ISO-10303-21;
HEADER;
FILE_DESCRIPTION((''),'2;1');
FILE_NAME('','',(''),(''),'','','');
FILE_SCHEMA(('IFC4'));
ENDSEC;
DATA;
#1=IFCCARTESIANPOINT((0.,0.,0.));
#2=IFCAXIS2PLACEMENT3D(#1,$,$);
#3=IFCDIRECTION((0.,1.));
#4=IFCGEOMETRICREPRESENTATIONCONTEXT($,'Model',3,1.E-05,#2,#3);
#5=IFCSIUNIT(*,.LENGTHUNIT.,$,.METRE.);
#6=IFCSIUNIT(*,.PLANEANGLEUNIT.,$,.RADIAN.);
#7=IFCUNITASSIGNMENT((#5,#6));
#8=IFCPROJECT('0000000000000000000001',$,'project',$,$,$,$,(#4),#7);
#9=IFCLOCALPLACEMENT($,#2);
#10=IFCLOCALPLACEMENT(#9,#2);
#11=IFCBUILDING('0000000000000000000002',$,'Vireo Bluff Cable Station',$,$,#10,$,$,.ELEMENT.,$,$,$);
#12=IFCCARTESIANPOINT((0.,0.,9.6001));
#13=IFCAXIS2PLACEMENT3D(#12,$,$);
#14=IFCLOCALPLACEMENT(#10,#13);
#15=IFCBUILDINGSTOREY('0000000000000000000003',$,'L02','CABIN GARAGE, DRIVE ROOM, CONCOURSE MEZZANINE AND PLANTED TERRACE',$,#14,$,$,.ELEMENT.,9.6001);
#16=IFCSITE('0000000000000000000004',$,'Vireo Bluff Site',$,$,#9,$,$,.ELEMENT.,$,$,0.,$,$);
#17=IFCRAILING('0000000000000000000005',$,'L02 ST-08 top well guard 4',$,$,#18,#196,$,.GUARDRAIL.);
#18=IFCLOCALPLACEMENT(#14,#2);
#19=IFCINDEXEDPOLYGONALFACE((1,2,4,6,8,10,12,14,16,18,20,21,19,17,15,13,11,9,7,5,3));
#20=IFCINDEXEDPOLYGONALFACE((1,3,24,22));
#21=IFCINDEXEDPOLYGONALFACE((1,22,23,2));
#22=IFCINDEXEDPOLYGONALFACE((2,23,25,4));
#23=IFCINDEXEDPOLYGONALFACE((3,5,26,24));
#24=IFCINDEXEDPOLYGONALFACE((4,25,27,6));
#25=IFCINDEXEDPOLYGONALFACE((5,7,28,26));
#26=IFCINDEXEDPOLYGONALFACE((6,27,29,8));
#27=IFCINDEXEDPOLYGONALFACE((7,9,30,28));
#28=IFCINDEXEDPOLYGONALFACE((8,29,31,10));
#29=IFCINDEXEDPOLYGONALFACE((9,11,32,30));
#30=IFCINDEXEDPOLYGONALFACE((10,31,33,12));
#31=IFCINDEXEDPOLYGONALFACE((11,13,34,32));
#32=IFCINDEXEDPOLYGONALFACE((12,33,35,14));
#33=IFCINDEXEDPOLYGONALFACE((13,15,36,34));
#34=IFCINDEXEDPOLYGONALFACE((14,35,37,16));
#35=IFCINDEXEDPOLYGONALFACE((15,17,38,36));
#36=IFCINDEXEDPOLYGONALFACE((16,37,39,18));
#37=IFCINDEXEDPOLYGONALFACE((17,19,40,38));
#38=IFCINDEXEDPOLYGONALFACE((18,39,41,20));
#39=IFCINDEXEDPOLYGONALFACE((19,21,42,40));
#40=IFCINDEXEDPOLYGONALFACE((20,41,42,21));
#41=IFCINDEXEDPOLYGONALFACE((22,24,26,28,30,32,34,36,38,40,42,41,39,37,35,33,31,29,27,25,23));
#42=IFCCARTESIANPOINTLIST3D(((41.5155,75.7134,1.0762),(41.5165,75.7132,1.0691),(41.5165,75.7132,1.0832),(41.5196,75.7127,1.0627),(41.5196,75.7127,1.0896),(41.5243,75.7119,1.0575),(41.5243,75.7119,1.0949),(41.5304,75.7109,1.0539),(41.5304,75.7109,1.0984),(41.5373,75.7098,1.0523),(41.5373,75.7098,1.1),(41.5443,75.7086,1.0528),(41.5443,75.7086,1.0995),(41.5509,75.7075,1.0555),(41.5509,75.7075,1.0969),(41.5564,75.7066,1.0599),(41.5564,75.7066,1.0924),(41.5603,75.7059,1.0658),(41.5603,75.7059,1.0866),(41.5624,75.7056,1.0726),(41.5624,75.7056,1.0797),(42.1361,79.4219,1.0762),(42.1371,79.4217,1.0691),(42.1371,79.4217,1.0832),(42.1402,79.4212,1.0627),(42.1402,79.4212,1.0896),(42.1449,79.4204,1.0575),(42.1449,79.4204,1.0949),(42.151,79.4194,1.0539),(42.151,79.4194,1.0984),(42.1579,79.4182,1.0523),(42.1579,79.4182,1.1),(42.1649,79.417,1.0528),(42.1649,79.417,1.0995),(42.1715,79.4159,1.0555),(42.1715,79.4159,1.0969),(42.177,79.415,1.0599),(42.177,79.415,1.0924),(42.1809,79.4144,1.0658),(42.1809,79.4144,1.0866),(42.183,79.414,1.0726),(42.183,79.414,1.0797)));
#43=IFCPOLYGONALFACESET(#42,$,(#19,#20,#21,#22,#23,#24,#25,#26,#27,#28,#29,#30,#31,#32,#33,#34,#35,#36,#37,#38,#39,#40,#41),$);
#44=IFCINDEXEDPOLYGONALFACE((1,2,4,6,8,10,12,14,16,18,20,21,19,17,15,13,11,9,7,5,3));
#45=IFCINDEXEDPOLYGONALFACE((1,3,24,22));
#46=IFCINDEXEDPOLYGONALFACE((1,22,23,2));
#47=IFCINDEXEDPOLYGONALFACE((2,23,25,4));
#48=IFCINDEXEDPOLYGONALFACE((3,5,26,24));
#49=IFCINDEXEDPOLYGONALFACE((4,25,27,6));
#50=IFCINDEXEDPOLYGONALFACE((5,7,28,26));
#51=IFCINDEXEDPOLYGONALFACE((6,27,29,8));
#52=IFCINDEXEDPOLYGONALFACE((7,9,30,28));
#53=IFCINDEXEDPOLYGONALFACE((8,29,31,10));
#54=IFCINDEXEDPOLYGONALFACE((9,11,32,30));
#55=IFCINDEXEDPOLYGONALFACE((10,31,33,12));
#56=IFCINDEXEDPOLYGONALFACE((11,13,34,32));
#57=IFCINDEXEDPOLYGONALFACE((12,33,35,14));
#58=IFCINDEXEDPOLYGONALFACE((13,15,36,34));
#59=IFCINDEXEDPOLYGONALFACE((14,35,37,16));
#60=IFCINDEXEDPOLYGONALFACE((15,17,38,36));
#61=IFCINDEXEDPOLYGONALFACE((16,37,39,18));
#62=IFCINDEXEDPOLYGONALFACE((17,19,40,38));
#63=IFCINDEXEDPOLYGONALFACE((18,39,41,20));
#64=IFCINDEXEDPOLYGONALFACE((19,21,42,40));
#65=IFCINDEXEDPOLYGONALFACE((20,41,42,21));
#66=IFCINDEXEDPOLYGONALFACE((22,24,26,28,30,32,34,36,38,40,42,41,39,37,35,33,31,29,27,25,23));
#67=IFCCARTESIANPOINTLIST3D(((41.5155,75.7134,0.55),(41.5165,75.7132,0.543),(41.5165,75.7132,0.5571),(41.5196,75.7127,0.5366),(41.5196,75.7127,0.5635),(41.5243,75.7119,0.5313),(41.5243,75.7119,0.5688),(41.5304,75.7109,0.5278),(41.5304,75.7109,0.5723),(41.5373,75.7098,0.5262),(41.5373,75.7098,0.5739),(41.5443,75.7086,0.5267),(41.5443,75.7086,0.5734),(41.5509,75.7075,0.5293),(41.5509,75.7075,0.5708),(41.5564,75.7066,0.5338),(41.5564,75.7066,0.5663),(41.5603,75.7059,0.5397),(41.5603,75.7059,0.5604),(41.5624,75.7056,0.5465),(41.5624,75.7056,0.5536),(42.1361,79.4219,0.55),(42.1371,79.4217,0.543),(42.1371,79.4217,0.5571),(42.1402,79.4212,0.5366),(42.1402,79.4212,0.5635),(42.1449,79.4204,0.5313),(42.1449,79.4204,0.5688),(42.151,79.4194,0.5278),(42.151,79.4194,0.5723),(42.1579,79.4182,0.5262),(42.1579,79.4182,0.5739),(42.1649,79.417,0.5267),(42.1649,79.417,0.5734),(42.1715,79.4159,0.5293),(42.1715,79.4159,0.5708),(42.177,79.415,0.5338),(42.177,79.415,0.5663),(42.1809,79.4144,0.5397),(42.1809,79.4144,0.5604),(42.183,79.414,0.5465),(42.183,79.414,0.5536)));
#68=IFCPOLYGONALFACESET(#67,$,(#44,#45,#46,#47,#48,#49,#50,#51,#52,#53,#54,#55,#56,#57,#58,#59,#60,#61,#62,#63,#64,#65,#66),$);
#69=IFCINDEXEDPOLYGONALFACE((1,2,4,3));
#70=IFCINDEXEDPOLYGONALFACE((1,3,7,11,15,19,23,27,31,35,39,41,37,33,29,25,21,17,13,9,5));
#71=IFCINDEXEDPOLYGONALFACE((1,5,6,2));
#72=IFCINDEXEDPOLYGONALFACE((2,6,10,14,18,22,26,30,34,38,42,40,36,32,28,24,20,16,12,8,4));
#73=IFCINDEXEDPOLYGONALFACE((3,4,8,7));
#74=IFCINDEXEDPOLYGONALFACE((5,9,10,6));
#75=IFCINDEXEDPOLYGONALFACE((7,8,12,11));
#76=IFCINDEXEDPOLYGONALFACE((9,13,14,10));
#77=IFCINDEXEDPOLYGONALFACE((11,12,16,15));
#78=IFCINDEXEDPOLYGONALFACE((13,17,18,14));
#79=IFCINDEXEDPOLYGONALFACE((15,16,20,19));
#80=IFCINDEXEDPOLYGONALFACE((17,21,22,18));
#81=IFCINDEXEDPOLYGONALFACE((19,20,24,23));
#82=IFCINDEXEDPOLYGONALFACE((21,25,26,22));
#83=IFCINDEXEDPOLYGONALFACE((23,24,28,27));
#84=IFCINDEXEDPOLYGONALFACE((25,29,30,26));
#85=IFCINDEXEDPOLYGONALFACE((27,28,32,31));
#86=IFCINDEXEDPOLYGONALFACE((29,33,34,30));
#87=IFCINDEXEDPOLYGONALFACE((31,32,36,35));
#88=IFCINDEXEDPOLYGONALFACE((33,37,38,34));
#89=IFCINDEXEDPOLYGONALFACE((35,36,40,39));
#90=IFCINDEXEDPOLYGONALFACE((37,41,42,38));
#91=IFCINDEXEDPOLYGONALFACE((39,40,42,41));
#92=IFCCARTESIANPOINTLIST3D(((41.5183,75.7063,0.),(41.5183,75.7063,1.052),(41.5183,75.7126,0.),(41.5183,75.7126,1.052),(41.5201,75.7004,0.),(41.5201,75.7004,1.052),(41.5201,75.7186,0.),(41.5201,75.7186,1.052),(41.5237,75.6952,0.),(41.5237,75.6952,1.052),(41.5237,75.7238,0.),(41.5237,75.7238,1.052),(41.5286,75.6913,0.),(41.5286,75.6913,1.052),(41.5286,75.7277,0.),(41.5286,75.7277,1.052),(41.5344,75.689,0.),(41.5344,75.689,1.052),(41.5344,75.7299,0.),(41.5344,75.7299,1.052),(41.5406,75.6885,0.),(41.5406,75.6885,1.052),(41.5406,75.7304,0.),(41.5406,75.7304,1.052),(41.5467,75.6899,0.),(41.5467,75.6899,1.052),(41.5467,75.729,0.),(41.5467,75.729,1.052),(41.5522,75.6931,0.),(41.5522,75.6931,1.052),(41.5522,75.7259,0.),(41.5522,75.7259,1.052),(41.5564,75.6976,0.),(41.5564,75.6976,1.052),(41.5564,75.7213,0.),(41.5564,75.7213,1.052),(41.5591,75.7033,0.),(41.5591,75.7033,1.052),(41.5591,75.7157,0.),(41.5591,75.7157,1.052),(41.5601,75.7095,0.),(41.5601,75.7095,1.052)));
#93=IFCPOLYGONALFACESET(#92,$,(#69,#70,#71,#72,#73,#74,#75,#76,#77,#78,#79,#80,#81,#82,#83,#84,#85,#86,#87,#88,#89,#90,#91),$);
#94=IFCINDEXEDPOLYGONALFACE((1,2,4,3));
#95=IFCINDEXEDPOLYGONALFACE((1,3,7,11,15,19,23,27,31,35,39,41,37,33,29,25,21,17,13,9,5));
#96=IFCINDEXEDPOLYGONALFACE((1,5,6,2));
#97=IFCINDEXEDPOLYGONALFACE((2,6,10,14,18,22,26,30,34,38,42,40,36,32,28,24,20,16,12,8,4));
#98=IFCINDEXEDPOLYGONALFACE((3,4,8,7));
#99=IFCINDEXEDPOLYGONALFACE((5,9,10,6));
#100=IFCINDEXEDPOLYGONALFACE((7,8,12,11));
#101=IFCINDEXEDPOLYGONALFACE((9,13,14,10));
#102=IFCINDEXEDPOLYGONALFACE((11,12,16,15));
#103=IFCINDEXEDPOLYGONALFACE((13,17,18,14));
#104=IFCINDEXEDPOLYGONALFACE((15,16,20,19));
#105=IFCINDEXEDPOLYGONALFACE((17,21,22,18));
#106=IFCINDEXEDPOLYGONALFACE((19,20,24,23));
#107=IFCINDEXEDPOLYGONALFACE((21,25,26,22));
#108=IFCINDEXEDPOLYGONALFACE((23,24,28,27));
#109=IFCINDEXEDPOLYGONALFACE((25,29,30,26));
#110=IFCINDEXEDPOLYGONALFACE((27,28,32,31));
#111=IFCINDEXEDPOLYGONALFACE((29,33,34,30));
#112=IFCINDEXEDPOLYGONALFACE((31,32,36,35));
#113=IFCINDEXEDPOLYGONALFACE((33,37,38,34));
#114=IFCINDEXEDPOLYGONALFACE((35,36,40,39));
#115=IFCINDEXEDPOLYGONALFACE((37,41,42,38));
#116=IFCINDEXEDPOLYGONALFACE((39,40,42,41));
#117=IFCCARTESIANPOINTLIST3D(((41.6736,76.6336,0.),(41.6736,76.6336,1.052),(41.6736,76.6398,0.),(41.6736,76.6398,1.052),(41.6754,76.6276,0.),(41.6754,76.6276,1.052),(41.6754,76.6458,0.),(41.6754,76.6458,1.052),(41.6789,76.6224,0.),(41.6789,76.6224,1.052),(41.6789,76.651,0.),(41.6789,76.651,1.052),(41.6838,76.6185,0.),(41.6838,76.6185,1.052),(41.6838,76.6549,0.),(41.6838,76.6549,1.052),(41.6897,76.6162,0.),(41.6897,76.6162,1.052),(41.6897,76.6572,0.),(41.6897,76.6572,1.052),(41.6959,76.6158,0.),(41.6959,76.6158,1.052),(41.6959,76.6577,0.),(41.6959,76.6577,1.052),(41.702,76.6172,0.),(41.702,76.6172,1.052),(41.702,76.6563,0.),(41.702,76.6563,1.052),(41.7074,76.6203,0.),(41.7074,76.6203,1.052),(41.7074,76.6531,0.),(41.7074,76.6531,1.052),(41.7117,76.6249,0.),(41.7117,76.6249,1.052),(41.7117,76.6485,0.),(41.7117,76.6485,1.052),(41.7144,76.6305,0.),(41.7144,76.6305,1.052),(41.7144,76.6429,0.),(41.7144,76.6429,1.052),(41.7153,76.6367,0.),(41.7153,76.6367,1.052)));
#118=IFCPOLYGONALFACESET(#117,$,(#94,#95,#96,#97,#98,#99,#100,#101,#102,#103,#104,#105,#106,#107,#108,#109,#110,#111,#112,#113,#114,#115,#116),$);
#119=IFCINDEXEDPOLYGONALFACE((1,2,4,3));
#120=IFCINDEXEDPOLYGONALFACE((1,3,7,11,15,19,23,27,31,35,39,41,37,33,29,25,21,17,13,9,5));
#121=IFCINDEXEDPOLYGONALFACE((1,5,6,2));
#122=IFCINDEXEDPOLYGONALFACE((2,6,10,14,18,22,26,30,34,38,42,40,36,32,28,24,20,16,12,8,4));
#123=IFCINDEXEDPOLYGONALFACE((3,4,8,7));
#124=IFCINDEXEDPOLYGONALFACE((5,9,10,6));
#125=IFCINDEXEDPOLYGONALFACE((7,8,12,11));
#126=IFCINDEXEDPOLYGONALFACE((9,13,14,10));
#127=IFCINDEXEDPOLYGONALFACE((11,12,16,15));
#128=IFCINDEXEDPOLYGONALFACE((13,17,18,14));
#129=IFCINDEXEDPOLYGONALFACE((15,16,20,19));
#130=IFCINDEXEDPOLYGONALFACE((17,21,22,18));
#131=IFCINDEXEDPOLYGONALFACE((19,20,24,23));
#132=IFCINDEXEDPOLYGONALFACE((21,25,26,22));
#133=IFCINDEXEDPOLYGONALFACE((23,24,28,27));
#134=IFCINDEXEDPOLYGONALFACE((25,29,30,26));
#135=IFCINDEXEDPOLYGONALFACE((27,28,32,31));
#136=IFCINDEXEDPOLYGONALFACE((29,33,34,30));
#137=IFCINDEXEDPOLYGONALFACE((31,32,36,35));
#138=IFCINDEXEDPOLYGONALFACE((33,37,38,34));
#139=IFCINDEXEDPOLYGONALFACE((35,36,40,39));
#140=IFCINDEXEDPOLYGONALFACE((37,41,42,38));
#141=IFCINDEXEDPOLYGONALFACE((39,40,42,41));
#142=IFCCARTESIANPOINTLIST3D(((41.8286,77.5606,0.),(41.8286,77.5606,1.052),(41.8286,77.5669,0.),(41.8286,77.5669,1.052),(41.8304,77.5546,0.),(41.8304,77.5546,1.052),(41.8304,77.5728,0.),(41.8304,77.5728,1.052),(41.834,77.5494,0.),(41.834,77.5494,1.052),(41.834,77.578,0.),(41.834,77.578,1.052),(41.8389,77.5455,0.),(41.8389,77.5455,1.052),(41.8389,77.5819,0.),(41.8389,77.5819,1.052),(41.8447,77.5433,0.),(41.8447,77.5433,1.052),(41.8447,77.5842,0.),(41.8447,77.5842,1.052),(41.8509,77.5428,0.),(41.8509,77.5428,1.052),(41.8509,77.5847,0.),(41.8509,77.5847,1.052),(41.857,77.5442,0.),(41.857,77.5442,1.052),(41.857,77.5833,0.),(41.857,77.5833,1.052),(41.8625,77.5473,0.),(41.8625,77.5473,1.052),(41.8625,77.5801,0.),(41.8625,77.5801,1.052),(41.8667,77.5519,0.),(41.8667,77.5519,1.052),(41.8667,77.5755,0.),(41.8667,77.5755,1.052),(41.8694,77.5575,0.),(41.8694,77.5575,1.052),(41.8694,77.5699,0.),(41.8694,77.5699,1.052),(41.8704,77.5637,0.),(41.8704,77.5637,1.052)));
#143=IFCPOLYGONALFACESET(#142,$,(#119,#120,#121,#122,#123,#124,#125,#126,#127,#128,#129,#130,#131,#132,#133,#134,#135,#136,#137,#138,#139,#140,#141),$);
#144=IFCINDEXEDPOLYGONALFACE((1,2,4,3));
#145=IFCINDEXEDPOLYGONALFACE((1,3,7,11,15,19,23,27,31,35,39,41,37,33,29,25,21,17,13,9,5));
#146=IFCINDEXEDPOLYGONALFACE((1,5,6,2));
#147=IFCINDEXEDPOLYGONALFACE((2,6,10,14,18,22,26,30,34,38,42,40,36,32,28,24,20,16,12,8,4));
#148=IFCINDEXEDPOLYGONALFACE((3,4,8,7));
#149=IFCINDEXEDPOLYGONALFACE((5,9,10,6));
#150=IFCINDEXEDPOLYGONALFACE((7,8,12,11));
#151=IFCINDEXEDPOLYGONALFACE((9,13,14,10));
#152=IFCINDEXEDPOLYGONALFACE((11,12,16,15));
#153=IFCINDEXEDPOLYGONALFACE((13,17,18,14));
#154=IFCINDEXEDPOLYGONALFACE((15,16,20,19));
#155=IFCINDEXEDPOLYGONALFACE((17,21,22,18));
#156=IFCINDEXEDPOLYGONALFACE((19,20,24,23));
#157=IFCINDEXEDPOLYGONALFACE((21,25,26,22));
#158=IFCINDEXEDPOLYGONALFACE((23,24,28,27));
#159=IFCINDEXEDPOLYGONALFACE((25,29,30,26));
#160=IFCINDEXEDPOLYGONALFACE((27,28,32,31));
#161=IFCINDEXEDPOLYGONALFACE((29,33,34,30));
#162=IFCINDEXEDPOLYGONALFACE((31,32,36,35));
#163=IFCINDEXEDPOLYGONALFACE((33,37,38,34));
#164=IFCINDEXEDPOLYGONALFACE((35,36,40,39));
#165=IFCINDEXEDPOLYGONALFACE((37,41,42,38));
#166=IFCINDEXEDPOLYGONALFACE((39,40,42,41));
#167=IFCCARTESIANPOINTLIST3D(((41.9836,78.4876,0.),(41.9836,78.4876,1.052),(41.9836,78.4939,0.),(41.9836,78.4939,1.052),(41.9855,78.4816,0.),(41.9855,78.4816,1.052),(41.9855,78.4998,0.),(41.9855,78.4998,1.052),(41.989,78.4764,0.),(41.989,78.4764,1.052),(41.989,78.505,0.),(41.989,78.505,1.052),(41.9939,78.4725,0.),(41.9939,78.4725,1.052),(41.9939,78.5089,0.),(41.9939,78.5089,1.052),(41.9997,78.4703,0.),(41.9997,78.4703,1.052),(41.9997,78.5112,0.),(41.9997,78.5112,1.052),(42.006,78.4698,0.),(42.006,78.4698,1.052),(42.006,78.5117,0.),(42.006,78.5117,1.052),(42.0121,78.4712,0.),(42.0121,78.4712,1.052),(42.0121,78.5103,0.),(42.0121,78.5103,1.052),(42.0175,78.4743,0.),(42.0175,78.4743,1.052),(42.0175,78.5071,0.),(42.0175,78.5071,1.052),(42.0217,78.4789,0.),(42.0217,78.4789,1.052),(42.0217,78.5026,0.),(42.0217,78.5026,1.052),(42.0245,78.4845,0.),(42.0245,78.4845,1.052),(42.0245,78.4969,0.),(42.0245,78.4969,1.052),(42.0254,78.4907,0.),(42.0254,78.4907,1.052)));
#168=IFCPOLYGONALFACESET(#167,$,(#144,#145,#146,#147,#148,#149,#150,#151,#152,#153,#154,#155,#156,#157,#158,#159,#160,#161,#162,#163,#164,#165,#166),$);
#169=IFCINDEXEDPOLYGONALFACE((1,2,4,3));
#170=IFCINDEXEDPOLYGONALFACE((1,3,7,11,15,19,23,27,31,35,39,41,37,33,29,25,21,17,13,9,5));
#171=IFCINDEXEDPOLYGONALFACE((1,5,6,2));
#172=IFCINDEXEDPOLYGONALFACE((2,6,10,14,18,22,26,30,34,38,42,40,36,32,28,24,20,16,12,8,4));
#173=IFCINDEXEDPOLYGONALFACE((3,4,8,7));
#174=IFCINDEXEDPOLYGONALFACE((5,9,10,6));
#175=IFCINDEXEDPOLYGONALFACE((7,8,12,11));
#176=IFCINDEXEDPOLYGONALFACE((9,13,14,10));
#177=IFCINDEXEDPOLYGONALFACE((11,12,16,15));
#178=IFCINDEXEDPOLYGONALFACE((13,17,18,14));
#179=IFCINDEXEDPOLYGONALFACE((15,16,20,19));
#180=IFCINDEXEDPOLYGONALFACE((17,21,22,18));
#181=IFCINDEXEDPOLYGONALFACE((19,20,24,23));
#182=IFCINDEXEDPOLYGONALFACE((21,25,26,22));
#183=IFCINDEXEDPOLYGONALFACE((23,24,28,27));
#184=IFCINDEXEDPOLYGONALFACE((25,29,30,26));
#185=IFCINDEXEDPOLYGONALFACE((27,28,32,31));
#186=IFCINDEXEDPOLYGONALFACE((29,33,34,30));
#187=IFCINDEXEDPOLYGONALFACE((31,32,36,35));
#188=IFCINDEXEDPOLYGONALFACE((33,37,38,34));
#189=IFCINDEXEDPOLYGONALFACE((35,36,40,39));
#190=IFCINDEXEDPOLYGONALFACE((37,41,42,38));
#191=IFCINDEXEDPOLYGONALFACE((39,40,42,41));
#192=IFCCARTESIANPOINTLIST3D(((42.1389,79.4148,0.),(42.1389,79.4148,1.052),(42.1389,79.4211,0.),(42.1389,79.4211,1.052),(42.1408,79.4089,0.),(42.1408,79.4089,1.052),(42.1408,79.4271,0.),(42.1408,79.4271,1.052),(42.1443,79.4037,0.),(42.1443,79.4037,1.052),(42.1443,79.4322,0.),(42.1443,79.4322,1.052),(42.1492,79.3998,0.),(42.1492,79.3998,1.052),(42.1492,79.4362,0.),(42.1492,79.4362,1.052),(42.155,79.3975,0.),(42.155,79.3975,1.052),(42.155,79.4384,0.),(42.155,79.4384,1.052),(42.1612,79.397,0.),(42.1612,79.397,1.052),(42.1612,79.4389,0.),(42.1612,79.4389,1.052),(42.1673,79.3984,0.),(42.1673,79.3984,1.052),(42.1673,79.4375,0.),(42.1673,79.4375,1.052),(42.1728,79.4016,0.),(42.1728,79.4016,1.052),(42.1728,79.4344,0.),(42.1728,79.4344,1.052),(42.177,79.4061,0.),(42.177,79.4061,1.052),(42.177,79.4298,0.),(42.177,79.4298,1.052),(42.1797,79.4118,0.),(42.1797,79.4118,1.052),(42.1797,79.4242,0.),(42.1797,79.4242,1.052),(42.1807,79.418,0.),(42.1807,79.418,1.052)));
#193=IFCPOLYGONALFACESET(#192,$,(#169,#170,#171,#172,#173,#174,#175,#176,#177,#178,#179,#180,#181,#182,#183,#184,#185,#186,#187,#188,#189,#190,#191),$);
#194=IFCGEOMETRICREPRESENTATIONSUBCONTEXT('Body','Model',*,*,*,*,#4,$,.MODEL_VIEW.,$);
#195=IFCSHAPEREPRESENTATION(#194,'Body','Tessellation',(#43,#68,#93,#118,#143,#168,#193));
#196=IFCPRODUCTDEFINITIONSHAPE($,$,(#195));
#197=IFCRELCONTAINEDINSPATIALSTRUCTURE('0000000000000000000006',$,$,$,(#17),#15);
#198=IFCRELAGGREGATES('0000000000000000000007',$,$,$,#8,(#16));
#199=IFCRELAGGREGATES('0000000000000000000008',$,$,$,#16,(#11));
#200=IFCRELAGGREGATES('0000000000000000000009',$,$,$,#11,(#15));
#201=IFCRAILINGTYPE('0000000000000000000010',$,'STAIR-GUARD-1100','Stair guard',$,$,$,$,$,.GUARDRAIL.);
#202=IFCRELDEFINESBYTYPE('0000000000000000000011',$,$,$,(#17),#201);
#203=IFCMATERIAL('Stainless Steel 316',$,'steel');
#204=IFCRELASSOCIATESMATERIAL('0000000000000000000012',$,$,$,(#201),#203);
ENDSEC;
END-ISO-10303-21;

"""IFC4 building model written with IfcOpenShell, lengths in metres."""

from ifc_helpers import new_model, si_unit, direction, frame, origin, origin_2d, place, context, subcontext, project, spatial, circle, extrude, material, type_object, element, save


model = new_model("IFC4")

# Units and contexts
model_context = context("Model", 3, precision=1e-05, world=origin(), true_north=direction((0.0, 1.0)))
body_context = subcontext(model_context, "Body", "Model", "MODEL_VIEW")
ifc_project = project(units=[si_unit("LENGTHUNIT", "METRE"), si_unit("PLANEANGLEUNIT", "RADIAN")], contexts=[model_context])

# Site, building, storey
site_placement = place(None, origin())
site = spatial("IfcSite", under=ifc_project, at=site_placement, Name="Vireo Bluff Site", CompositionType="ELEMENT", RefElevation=0.0)
building_placement = place(site_placement, origin())
building = spatial("IfcBuilding", under=site, at=building_placement, Name="Vireo Bluff Cable Station", CompositionType="ELEMENT")
storey_placement = place(building_placement, frame((0.0, 0.0, 9.6001)))
storey = spatial("IfcBuildingStorey", under=building, at=storey_placement, Name="L02", Description="CABIN GARAGE, DRIVE ROOM, CONCOURSE MEZZANINE AND PLANTED TERRACE", CompositionType="ELEMENT", Elevation=9.6001)

# Railing
ifc_material_1 = material(Name="Stainless Steel 316", Category="steel")
railing_type = type_object("IfcRailingType", Name="STAIR-GUARD-1100", Description="Stair guard", PredefinedType="GUARDRAIL", material=ifc_material_1)
railing_placement = place(storey_placement, frame((41.5391, 75.7095, 0.0)))
element("IfcRailing", 1, at=railing_placement, inside=storey, type_object=railing_type, Name="L02 ST-08 top well guard 4", PredefinedType="GUARDRAIL", context=body_context, shape_type="SweptSolid", body=[
    extrude(circle(Radius=0.0239, at=origin_2d()), frame((0.0, 0.0, 1.0762), z_axis=(0.165052, 0.986285, 0.0), x_axis=(-0.986285, 0.165052, 0.0)), (0.0, 0.0, 1.0), 3.76),
    extrude(circle(Radius=0.0239, at=origin_2d()), frame((0.0, 0.0, 0.55), z_axis=(0.165052, 0.986285, 0.0), x_axis=(-0.986285, 0.165052, 0.0)), (0.0, 0.0, 1.0), 3.76),
    extrude(circle(Radius=0.021, at=origin_2d()), origin(), (0.0, 0.0, 1.0), 1.052),
    extrude(circle(Radius=0.021, at=origin_2d()), frame((0.1553, 0.9272, 0.0)), (0.0, 0.0, 1.0), 1.052),
    extrude(circle(Radius=0.021, at=origin_2d()), frame((0.3103, 1.8542, 0.0)), (0.0, 0.0, 1.0), 1.052),
    extrude(circle(Radius=0.021, at=origin_2d()), frame((0.4653, 2.7812, 0.0)), (0.0, 0.0, 1.0), 1.052),
    extrude(circle(Radius=0.021, at=origin_2d()), frame((0.6206, 3.7085, 0.0)), (0.0, 0.0, 1.0), 1.052),
])

save(model, "model.ifc")
